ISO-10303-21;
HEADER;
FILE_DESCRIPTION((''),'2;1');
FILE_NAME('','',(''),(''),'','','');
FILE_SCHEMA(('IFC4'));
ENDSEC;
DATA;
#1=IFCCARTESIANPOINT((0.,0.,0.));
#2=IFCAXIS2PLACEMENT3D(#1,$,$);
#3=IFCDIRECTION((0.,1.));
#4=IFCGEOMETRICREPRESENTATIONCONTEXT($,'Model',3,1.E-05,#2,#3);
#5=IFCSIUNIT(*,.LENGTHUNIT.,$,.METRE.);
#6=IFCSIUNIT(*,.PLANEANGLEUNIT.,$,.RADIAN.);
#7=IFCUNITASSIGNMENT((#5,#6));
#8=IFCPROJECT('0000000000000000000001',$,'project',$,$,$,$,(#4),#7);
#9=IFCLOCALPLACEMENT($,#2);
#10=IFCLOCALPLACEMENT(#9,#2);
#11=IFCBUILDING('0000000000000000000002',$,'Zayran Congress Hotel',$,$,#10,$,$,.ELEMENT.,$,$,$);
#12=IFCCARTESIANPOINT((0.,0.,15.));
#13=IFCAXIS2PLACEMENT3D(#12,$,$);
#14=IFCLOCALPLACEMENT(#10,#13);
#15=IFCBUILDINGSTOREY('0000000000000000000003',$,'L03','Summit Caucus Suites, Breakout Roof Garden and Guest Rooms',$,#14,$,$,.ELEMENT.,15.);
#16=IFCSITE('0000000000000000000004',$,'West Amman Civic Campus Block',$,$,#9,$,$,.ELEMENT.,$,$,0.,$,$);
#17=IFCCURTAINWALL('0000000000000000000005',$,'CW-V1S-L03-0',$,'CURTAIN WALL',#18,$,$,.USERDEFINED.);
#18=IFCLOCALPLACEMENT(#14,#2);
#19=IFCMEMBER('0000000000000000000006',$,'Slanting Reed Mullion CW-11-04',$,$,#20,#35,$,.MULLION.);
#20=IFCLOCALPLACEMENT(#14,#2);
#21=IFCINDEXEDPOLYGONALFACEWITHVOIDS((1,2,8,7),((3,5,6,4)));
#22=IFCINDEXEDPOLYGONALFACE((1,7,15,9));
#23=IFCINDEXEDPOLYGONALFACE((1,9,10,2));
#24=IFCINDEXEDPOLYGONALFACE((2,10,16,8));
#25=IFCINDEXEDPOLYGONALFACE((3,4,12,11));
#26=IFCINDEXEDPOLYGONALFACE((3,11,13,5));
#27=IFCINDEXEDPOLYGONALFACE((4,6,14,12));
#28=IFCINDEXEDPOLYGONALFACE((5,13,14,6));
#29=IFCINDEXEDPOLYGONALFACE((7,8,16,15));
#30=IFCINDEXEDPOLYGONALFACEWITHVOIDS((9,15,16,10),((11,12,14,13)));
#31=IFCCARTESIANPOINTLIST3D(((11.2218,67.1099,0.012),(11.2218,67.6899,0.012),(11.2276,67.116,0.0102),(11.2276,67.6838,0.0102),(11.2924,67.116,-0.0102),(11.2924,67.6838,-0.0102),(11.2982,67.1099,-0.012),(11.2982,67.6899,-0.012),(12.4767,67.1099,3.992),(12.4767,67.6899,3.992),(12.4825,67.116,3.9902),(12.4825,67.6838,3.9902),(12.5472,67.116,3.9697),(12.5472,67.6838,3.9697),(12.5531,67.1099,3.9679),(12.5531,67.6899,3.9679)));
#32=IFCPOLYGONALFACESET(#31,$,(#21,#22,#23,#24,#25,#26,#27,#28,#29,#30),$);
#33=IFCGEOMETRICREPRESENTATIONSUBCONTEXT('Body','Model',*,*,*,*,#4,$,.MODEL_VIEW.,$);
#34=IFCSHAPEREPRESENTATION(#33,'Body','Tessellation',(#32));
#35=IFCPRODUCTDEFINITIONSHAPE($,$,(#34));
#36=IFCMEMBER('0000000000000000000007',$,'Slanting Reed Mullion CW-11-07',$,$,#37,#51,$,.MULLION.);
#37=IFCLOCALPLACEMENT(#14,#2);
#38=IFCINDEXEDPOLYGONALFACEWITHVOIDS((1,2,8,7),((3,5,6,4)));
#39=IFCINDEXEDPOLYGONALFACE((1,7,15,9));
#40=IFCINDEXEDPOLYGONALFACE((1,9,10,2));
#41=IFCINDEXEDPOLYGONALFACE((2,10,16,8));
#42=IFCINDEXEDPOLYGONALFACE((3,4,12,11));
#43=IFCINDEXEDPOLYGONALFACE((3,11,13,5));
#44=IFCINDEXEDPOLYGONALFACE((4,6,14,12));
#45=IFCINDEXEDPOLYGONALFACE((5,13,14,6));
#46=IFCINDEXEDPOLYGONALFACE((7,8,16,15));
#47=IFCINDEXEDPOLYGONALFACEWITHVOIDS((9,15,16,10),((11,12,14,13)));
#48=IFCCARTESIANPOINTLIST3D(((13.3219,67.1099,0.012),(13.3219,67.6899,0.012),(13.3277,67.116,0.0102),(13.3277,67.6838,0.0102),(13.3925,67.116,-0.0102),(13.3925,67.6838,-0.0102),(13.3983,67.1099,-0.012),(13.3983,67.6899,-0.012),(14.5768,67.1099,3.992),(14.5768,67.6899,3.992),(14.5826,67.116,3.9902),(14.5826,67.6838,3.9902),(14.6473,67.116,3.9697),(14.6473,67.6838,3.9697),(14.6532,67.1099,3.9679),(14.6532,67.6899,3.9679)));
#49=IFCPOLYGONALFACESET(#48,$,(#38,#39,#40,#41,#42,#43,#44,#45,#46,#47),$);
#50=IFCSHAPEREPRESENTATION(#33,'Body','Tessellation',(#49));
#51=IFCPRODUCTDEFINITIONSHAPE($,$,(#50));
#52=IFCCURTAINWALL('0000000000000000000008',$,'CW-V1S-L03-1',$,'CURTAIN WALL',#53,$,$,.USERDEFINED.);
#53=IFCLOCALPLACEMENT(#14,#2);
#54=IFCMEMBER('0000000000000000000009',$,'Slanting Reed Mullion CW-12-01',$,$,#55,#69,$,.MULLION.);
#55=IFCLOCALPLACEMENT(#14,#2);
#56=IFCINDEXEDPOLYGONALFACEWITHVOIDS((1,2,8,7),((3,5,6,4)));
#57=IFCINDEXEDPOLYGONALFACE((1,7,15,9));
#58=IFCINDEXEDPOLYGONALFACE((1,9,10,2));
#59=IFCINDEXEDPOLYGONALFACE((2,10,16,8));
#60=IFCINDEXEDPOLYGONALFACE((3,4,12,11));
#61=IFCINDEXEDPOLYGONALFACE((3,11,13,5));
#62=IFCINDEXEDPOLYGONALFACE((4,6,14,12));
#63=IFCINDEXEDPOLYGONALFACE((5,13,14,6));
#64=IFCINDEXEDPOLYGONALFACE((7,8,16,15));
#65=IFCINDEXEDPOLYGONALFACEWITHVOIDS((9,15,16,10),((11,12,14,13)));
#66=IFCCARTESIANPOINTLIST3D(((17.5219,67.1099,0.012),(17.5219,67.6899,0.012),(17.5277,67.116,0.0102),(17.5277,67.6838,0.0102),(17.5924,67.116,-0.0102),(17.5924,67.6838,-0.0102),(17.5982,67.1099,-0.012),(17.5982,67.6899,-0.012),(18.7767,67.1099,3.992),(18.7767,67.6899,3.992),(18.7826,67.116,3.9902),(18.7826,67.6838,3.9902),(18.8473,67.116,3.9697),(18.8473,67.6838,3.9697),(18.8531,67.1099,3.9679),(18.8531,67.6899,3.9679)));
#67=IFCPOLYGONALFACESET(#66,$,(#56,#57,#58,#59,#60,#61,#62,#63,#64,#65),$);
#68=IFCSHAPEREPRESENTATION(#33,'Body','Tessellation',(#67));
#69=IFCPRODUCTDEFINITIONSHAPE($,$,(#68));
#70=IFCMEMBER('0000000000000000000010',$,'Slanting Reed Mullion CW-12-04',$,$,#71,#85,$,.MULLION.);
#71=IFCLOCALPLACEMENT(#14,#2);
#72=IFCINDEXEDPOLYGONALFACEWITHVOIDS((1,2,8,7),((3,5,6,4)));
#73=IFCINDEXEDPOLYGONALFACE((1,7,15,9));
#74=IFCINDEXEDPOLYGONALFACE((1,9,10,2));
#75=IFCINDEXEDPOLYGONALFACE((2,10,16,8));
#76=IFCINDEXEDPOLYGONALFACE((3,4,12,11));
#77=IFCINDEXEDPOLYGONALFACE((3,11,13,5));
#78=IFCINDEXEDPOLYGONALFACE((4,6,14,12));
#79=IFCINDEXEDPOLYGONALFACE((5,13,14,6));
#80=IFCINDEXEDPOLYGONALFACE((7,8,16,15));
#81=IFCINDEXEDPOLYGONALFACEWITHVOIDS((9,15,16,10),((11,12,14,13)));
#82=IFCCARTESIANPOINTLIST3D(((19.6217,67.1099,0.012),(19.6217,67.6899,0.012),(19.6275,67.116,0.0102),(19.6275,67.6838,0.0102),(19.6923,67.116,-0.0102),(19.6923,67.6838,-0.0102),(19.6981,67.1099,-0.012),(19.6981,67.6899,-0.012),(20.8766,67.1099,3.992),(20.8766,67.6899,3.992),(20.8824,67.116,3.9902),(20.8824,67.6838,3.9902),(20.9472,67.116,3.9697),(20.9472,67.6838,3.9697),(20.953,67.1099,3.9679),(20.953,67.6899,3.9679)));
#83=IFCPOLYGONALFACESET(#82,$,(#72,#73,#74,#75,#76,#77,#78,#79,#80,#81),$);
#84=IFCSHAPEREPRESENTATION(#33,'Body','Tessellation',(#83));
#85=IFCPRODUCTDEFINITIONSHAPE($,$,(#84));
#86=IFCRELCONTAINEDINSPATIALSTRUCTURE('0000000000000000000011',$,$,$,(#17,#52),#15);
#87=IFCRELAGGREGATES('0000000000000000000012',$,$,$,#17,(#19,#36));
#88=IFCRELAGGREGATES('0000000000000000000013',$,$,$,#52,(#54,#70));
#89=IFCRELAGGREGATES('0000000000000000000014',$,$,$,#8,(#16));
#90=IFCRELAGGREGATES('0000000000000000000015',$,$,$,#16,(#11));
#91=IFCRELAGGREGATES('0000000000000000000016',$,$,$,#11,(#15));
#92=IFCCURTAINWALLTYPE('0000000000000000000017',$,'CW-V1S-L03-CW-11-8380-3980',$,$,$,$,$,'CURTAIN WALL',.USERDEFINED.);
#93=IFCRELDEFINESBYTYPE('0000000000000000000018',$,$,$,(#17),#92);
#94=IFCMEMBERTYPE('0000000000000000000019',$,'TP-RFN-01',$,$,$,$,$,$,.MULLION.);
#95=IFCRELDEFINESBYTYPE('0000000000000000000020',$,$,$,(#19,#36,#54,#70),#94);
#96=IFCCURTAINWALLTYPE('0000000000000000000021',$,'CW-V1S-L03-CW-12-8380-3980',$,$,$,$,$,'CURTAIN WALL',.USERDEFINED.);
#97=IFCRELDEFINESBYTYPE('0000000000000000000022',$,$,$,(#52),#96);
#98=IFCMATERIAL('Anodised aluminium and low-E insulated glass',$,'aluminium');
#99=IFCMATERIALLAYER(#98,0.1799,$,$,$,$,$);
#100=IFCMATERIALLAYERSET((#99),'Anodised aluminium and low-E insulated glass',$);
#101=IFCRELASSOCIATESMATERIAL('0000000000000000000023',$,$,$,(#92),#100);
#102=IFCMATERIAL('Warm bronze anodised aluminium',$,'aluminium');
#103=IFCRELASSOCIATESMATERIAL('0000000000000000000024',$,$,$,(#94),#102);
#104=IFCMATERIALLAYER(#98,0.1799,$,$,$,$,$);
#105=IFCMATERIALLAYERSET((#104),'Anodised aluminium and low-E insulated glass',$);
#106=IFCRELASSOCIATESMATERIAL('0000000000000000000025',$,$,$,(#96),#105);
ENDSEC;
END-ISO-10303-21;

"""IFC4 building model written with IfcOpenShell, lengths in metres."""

from ifc_helpers import new_model, si_unit, direction, frame, origin, origin_2d, place, context, subcontext, project, spatial, hollow_rectangle, extrude, material, layer, layer_set, material_profile, profile_set, type_object, element, aggregate, save


model = new_model("IFC4")

# Units and contexts
model_context = context("Model", 3, precision=1e-05, world=origin(), true_north=direction((0.0, 1.0)))
body_context = subcontext(model_context, "Body", "Model", "MODEL_VIEW")
ifc_project = project(units=[si_unit("LENGTHUNIT", "METRE"), si_unit("PLANEANGLEUNIT", "RADIAN")], contexts=[model_context])

# Site, building, storey
site_placement = place(None, origin())
site = spatial("IfcSite", under=ifc_project, at=site_placement, Name="West Amman Civic Campus Block", CompositionType="ELEMENT", RefElevation=0.0)
building_placement = place(site_placement, origin())
building = spatial("IfcBuilding", under=site, at=building_placement, Name="Zayran Congress Hotel", CompositionType="ELEMENT")
storey_placement = place(building_placement, frame((0.0, 0.0, 15.0)))
storey = spatial("IfcBuildingStorey", under=building, at=storey_placement, Name="L03", Description="Summit Caucus Suites, Breakout Roof Garden and Guest Rooms", CompositionType="ELEMENT", Elevation=15.0)

# Curtain walls, members
ifc_material_1 = material(Name="Anodised aluminium and low-E insulated glass", Category="aluminium")
ifc_layer_1 = layer(ifc_material_1, 0.1799)
ifc_layer_set_1 = layer_set([ifc_layer_1], Name="Anodised aluminium and low-E insulated glass")
curtain_wall_type_1 = type_object("IfcCurtainWallType", Name="CW-V1S-L03-CW-11-8380-3980", ElementType="CURTAIN WALL", PredefinedType="USERDEFINED", material=ifc_layer_set_1)
curtain_wall_1_placement = place(storey_placement, origin())
curtain_wall_1 = element("IfcCurtainWall", 1, at=curtain_wall_1_placement, inside=storey, type_object=curtain_wall_type_1, Name="CW-V1S-L03-0", ObjectType="CURTAIN WALL", PredefinedType="USERDEFINED")
ifc_material_2 = material(Name="Warm bronze anodised aluminium", Category="aluminium")
ifc_material_profile = material_profile(ifc_material_2, hollow_rectangle(XDim=0.0801, YDim=0.5801, WallThickness=0.0061, at=origin_2d()), Name="RHS 580x80x6")
ifc_profile_set = profile_set([ifc_material_profile], Name="Warm bronze anodised aluminium")
member_type = type_object("IfcMemberType", Name="TP-RFN-01", PredefinedType="MULLION", material=ifc_profile_set)
member_1_placement = place(storey_placement, frame((11.26, 67.3999, 0.0), z_axis=(0.300706, 0.0, 0.953717), x_axis=(-0.953717, 0.0, 0.300706)))
member_1 = element("IfcMember", 2, at=member_1_placement, type_object=member_type, Name="Slanting Reed Mullion CW-11-04", PredefinedType="MULLION", context=body_context, shape_type="SweptSolid", body=[
    extrude(hollow_rectangle(XDim=0.0801, YDim=0.5801, WallThickness=0.0061, at=origin_2d()), origin(), (0.0, 0.0, 1.0), 4.1731),
])
member_2_placement = place(storey_placement, frame((13.3601, 67.3999, 0.0), z_axis=(0.300706, 0.0, 0.953717), x_axis=(-0.953717, 0.0, 0.300706)))
member_2 = element("IfcMember", 3, at=member_2_placement, type_object=member_type, Name="Slanting Reed Mullion CW-11-07", PredefinedType="MULLION", context=body_context, shape_type="SweptSolid", body=[
    extrude(hollow_rectangle(XDim=0.0801, YDim=0.5801, WallThickness=0.0061, at=origin_2d()), origin(), (0.0, 0.0, 1.0), 4.1731),
])
aggregate(curtain_wall_1, [member_1, member_2])
ifc_layer_2 = layer(ifc_material_1, 0.1799)
ifc_layer_set_2 = layer_set([ifc_layer_2], Name="Anodised aluminium and low-E insulated glass")
curtain_wall_type_2 = type_object("IfcCurtainWallType", Name="CW-V1S-L03-CW-12-8380-3980", ElementType="CURTAIN WALL", PredefinedType="USERDEFINED", material=ifc_layer_set_2)
curtain_wall_2_placement = place(storey_placement, origin())
curtain_wall_2 = element("IfcCurtainWall", 4, at=curtain_wall_2_placement, inside=storey, type_object=curtain_wall_type_2, Name="CW-V1S-L03-1", ObjectType="CURTAIN WALL", PredefinedType="USERDEFINED")
member_3_placement = place(storey_placement, frame((17.5601, 67.3999, 0.0), z_axis=(0.300706, 0.0, 0.953717), x_axis=(-0.953717, 0.0, 0.300706)))
member_3 = element("IfcMember", 5, at=member_3_placement, type_object=member_type, Name="Slanting Reed Mullion CW-12-01", PredefinedType="MULLION", context=body_context, shape_type="SweptSolid", body=[
    extrude(hollow_rectangle(XDim=0.0801, YDim=0.5801, WallThickness=0.0061, at=origin_2d()), origin(), (0.0, 0.0, 1.0), 4.1731),
])
member_4_placement = place(storey_placement, frame((19.6599, 67.3999, 0.0), z_axis=(0.300706, 0.0, 0.953717), x_axis=(-0.953717, 0.0, 0.300706)))
member_4 = element("IfcMember", 6, at=member_4_placement, type_object=member_type, Name="Slanting Reed Mullion CW-12-04", PredefinedType="MULLION", context=body_context, shape_type="SweptSolid", body=[
    extrude(hollow_rectangle(XDim=0.0801, YDim=0.5801, WallThickness=0.0061, at=origin_2d()), origin(), (0.0, 0.0, 1.0), 4.1731),
])
aggregate(curtain_wall_2, [member_3, member_4])

save(model, "model.ifc")
